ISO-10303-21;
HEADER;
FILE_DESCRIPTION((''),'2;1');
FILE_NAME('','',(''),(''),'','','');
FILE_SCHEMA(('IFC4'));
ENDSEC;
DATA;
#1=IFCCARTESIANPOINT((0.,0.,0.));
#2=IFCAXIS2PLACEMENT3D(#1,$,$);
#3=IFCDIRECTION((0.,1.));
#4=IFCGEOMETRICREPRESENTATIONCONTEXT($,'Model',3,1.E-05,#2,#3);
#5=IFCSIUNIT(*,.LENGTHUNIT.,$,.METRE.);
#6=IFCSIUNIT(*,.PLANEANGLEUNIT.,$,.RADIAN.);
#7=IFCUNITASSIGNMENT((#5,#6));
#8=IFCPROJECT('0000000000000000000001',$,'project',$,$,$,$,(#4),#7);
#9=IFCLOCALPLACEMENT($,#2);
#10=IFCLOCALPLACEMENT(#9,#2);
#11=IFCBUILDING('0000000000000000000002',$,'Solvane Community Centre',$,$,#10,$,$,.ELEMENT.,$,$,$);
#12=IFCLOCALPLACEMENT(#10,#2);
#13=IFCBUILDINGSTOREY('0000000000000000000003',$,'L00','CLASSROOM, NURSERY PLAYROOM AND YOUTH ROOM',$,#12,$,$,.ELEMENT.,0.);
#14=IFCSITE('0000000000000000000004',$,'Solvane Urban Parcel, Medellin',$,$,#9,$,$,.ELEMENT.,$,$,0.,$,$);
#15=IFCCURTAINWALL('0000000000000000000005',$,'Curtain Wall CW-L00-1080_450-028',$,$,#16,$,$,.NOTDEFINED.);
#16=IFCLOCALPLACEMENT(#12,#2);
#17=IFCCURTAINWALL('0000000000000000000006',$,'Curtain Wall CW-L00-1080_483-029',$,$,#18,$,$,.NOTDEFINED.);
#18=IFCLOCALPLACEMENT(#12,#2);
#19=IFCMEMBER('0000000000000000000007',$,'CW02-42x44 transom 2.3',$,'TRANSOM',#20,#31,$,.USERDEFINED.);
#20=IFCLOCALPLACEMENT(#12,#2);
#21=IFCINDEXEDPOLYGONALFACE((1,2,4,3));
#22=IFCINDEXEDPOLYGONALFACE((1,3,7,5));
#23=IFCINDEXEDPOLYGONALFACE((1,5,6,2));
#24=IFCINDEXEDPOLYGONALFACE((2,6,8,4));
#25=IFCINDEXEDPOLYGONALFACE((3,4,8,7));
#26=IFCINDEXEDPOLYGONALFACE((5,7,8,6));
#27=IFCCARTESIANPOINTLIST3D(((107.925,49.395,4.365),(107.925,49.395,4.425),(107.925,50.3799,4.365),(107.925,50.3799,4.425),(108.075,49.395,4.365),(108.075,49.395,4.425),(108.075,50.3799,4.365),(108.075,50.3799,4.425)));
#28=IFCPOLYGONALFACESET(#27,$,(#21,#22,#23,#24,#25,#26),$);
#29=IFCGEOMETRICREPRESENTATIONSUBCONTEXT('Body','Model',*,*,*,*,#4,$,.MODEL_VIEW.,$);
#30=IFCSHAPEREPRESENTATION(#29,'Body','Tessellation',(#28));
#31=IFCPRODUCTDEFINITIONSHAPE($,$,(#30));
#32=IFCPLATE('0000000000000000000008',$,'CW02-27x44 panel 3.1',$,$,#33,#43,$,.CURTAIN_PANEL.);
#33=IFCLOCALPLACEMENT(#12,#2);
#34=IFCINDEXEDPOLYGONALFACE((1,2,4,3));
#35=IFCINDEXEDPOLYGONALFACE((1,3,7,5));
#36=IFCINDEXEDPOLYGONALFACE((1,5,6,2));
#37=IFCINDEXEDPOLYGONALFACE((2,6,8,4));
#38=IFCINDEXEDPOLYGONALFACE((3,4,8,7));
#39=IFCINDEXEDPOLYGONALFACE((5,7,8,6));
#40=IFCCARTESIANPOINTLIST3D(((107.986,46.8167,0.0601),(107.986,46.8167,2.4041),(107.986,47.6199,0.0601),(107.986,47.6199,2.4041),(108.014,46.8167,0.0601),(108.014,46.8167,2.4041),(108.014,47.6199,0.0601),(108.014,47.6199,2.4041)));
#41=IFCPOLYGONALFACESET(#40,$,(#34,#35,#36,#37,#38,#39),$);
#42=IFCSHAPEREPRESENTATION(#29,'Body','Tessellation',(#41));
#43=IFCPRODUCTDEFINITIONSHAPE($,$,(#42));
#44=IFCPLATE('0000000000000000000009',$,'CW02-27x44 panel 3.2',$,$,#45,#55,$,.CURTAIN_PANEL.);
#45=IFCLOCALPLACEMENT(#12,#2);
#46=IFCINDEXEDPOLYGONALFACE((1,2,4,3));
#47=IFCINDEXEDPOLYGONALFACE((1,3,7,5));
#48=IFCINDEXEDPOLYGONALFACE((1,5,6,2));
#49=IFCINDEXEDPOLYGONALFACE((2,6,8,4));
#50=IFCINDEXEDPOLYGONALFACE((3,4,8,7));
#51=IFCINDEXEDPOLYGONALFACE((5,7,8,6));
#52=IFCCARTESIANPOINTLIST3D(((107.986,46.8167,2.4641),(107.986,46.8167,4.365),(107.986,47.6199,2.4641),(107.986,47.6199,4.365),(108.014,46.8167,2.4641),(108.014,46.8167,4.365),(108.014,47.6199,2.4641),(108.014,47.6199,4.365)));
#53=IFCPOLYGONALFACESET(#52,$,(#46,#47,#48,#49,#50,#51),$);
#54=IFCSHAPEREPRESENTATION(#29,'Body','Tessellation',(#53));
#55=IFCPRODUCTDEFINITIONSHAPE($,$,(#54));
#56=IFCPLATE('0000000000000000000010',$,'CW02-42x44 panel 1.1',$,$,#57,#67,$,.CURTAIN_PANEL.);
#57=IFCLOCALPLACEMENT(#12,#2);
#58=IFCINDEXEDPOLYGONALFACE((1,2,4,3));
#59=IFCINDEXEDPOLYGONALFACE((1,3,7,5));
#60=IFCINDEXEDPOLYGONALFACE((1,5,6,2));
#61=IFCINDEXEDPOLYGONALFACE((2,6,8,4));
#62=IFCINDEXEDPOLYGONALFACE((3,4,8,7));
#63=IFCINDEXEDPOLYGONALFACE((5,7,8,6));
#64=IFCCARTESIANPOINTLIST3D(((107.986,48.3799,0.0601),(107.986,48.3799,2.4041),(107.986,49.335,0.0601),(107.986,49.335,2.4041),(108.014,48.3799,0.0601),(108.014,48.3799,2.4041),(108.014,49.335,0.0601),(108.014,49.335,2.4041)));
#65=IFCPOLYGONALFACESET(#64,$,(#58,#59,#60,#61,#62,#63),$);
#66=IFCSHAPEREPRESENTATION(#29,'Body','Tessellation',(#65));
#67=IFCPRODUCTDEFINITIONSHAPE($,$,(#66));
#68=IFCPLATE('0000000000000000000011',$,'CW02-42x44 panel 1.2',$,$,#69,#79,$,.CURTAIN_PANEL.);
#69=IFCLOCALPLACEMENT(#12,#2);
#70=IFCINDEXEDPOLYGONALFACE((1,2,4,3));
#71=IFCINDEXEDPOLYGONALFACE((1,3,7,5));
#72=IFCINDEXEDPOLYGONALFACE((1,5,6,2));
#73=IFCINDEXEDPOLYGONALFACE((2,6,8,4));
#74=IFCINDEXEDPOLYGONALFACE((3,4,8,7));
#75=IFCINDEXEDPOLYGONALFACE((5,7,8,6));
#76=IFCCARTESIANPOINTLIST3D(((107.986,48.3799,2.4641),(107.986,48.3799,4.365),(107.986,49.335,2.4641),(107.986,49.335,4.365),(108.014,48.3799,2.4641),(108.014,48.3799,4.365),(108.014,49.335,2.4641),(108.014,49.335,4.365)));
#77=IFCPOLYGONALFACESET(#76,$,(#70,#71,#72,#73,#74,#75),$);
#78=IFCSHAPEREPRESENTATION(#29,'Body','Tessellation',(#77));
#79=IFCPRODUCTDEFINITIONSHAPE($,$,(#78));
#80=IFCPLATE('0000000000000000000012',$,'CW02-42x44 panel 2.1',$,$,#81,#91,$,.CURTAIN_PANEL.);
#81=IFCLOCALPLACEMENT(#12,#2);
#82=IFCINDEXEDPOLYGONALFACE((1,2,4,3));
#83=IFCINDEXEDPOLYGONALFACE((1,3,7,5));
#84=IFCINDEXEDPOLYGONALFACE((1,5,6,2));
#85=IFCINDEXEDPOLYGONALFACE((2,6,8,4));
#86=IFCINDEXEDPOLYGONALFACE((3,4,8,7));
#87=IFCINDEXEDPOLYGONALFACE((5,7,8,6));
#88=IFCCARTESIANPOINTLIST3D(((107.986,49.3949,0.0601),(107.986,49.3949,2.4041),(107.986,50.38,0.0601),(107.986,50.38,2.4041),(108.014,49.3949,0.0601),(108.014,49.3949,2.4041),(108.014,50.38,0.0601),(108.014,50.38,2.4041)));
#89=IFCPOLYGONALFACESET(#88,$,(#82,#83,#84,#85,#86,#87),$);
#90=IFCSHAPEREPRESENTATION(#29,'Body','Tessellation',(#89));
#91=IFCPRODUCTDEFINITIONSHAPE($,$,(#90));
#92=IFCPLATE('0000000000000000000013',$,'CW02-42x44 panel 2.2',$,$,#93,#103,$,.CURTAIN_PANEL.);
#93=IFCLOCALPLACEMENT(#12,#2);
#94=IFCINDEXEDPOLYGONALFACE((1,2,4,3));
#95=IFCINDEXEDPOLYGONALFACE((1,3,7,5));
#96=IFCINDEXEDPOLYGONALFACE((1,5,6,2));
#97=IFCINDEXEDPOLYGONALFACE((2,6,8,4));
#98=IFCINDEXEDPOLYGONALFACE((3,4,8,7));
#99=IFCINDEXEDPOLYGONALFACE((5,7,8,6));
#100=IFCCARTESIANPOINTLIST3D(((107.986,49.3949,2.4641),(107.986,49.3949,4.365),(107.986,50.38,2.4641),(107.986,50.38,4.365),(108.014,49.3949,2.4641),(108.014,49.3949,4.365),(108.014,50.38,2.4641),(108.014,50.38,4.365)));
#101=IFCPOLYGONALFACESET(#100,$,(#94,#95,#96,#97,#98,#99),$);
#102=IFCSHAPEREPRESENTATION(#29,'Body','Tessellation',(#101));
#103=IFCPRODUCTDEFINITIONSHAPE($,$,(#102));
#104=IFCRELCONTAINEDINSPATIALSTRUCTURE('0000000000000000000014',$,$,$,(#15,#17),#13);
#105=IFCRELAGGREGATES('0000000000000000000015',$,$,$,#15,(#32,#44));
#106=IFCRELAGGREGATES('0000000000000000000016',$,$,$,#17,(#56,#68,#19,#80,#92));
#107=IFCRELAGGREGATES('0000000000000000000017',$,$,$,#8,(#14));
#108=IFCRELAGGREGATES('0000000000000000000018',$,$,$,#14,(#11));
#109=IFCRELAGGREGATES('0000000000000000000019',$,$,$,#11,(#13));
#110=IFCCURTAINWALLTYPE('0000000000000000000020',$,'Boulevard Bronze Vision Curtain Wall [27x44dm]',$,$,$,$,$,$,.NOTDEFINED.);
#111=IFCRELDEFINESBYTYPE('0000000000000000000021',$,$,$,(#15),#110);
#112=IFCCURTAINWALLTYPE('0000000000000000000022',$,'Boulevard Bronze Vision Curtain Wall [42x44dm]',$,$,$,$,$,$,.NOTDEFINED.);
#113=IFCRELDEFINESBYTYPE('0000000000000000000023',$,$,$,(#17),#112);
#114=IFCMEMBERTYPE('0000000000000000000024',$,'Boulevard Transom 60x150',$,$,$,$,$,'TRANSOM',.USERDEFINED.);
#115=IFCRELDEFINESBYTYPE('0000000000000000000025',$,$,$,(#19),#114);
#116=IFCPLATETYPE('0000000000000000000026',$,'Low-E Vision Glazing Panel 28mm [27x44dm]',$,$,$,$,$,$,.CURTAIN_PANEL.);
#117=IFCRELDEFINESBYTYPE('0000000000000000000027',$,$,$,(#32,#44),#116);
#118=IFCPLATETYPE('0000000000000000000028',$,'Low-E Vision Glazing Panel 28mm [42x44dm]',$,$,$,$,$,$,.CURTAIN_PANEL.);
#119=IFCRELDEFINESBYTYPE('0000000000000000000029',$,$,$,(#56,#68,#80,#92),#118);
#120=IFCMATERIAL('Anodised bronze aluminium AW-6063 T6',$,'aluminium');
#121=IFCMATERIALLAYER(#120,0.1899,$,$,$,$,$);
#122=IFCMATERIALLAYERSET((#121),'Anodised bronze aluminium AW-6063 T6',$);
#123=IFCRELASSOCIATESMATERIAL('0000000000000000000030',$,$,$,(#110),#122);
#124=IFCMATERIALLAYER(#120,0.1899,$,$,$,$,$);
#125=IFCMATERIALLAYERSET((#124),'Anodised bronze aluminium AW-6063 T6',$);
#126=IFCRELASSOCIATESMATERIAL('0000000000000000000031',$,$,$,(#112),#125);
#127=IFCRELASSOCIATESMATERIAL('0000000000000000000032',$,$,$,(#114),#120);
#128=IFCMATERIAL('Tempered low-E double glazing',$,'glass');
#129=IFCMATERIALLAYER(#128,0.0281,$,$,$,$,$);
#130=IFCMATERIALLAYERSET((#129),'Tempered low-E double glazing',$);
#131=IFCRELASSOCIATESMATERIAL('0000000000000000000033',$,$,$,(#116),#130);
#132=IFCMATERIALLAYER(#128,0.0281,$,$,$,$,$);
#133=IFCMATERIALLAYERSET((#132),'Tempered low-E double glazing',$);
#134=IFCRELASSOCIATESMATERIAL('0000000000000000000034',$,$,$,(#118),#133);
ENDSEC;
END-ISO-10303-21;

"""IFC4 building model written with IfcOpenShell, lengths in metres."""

from ifc_helpers import new_model, si_unit, direction, frame, origin, origin_2d, place, context, subcontext, project, spatial, rectangle, extrude, material, layer, layer_set, material_profile, profile_set, type_object, element, aggregate, save


model = new_model("IFC4")

# Units and contexts
model_context = context("Model", 3, precision=1e-05, world=origin(), true_north=direction((0.0, 1.0)))
body_context = subcontext(model_context, "Body", "Model", "MODEL_VIEW")
ifc_project = project(units=[si_unit("LENGTHUNIT", "METRE"), si_unit("PLANEANGLEUNIT", "RADIAN")], contexts=[model_context])

# Site, building, storey
site_placement = place(None, origin())
site = spatial("IfcSite", under=ifc_project, at=site_placement, Name="Solvane Urban Parcel, Medellin", CompositionType="ELEMENT", RefElevation=0.0)
building_placement = place(site_placement, origin())
building = spatial("IfcBuilding", under=site, at=building_placement, Name="Solvane Community Centre", CompositionType="ELEMENT")
storey_placement = place(building_placement, origin())
storey = spatial("IfcBuildingStorey", under=building, at=storey_placement, Name="L00", Description="CLASSROOM, NURSERY PLAYROOM AND YOUTH ROOM", CompositionType="ELEMENT", Elevation=0.0)

# Curtain wall
ifc_material_1 = material(Name="Anodised bronze aluminium AW-6063 T6", Category="aluminium")
ifc_layer_1 = layer(ifc_material_1, 0.1899)
ifc_layer_set_1 = layer_set([ifc_layer_1], Name="Anodised bronze aluminium AW-6063 T6")
curtain_wall_type_1 = type_object("IfcCurtainWallType", Name="Boulevard Bronze Vision Curtain Wall [27x44dm]", PredefinedType="NOTDEFINED", material=ifc_layer_set_1)
curtain_wall_1_placement = place(storey_placement, origin())
curtain_wall_1 = element("IfcCurtainWall", 1, at=curtain_wall_1_placement, inside=storey, type_object=curtain_wall_type_1, Name="Curtain Wall CW-L00-1080_450-028", PredefinedType="NOTDEFINED")

# Curtain wall, member
ifc_layer_2 = layer(ifc_material_1, 0.1899)
ifc_layer_set_2 = layer_set([ifc_layer_2], Name="Anodised bronze aluminium AW-6063 T6")
curtain_wall_type_2 = type_object("IfcCurtainWallType", Name="Boulevard Bronze Vision Curtain Wall [42x44dm]", PredefinedType="NOTDEFINED", material=ifc_layer_set_2)
curtain_wall_2_placement = place(storey_placement, origin())
curtain_wall_2 = element("IfcCurtainWall", 2, at=curtain_wall_2_placement, inside=storey, type_object=curtain_wall_type_2, Name="Curtain Wall CW-L00-1080_483-029", PredefinedType="NOTDEFINED")
ifc_material_profile_1 = material_profile(ifc_material_1, rectangle(XDim=0.1499, YDim=0.0601, at=origin_2d()), Name="CW-T 60x150")
ifc_profile_set_1 = profile_set([ifc_material_profile_1], Name="Anodised bronze aluminium AW-6063 T6")
member_type_1 = type_object("IfcMemberType", Name="Boulevard Transom 60x150", ElementType="TRANSOM", PredefinedType="USERDEFINED", material=ifc_profile_set_1)
member_1_placement = place(storey_placement, frame((108.0, 49.395, 4.395), z_axis=(0.0, 1.0, 0.0), x_axis=(-1.0, 0.0, 0.0)))
member_1 = element("IfcMember", 3, at=member_1_placement, type_object=member_type_1, Name="CW02-42x44 transom 2.3", ObjectType="TRANSOM", PredefinedType="USERDEFINED", context=body_context, shape_type="SweptSolid", body=[
    extrude(rectangle(XDim=0.1499, YDim=0.0601, at=origin_2d()), origin(), (0.0, 0.0, 1.0), 0.9849),
])

# Plates
ifc_material_2 = material(Name="Tempered low-E double glazing", Category="glass")
ifc_layer_3 = layer(ifc_material_2, 0.0281)
ifc_layer_set_3 = layer_set([ifc_layer_3], Name="Tempered low-E double glazing")
plate_type_1 = type_object("IfcPlateType", Name="Low-E Vision Glazing Panel 28mm [27x44dm]", PredefinedType="CURTAIN_PANEL", material=ifc_layer_set_3)
plate_1_placement = place(storey_placement, frame((108.0, 47.2183, 0.0601), z_axis=(0.0, 0.0, 1.0), x_axis=(0.0, 1.0, 0.0)))
plate_1 = element("IfcPlate", 4, at=plate_1_placement, type_object=plate_type_1, Name="CW02-27x44 panel 3.1", PredefinedType="CURTAIN_PANEL", context=body_context, shape_type="SweptSolid", body=[
    extrude(rectangle(XDim=0.8032, YDim=0.0281, at=origin_2d()), origin(), (0.0, 0.0, 1.0), 2.344),
])
plate_2_placement = place(storey_placement, frame((108.0, 47.2183, 2.4641), z_axis=(0.0, 0.0, 1.0), x_axis=(0.0, 1.0, 0.0)))
plate_2 = element("IfcPlate", 5, at=plate_2_placement, type_object=plate_type_1, Name="CW02-27x44 panel 3.2", PredefinedType="CURTAIN_PANEL", context=body_context, shape_type="SweptSolid", body=[
    extrude(rectangle(XDim=0.8032, YDim=0.0281, at=origin_2d()), origin(), (0.0, 0.0, 1.0), 1.9009),
])
aggregate(curtain_wall_1, [plate_1, plate_2])
ifc_layer_4 = layer(ifc_material_2, 0.0281)
ifc_layer_set_4 = layer_set([ifc_layer_4], Name="Tempered low-E double glazing")
plate_type_2 = type_object("IfcPlateType", Name="Low-E Vision Glazing Panel 28mm [42x44dm]", PredefinedType="CURTAIN_PANEL", material=ifc_layer_set_4)
plate_3_placement = place(storey_placement, frame((108.0, 48.8574, 0.0601), z_axis=(0.0, 0.0, 1.0), x_axis=(0.0, 1.0, 0.0)))
plate_3 = element("IfcPlate", 6, at=plate_3_placement, type_object=plate_type_2, Name="CW02-42x44 panel 1.1", PredefinedType="CURTAIN_PANEL", context=body_context, shape_type="SweptSolid", body=[
    extrude(rectangle(XDim=0.9551, YDim=0.0281, at=origin_2d()), origin(), (0.0, 0.0, 1.0), 2.344),
])
plate_4_placement = place(storey_placement, frame((108.0, 48.8574, 2.4641), z_axis=(0.0, 0.0, 1.0), x_axis=(0.0, 1.0, 0.0)))
plate_4 = element("IfcPlate", 7, at=plate_4_placement, type_object=plate_type_2, Name="CW02-42x44 panel 1.2", PredefinedType="CURTAIN_PANEL", context=body_context, shape_type="SweptSolid", body=[
    extrude(rectangle(XDim=0.9551, YDim=0.0281, at=origin_2d()), origin(), (0.0, 0.0, 1.0), 1.9009),
])
plate_5_placement = place(storey_placement, frame((108.0, 49.8875, 0.0601), z_axis=(0.0, 0.0, 1.0), x_axis=(0.0, 1.0, 0.0)))
plate_5 = element("IfcPlate", 8, at=plate_5_placement, type_object=plate_type_2, Name="CW02-42x44 panel 2.1", PredefinedType="CURTAIN_PANEL", context=body_context, shape_type="SweptSolid", body=[
    extrude(rectangle(XDim=0.9851, YDim=0.0281, at=origin_2d()), origin(), (0.0, 0.0, 1.0), 2.344),
])
plate_6_placement = place(storey_placement, frame((108.0, 49.8875, 2.4641), z_axis=(0.0, 0.0, 1.0), x_axis=(0.0, 1.0, 0.0)))
plate_6 = element("IfcPlate", 9, at=plate_6_placement, type_object=plate_type_2, Name="CW02-42x44 panel 2.2", PredefinedType="CURTAIN_PANEL", context=body_context, shape_type="SweptSolid", body=[
    extrude(rectangle(XDim=0.9851, YDim=0.0281, at=origin_2d()), origin(), (0.0, 0.0, 1.0), 1.9009),
])
aggregate(curtain_wall_2, [plate_3, plate_4, member_1, plate_5, plate_6])

save(model, "model.ifc")
